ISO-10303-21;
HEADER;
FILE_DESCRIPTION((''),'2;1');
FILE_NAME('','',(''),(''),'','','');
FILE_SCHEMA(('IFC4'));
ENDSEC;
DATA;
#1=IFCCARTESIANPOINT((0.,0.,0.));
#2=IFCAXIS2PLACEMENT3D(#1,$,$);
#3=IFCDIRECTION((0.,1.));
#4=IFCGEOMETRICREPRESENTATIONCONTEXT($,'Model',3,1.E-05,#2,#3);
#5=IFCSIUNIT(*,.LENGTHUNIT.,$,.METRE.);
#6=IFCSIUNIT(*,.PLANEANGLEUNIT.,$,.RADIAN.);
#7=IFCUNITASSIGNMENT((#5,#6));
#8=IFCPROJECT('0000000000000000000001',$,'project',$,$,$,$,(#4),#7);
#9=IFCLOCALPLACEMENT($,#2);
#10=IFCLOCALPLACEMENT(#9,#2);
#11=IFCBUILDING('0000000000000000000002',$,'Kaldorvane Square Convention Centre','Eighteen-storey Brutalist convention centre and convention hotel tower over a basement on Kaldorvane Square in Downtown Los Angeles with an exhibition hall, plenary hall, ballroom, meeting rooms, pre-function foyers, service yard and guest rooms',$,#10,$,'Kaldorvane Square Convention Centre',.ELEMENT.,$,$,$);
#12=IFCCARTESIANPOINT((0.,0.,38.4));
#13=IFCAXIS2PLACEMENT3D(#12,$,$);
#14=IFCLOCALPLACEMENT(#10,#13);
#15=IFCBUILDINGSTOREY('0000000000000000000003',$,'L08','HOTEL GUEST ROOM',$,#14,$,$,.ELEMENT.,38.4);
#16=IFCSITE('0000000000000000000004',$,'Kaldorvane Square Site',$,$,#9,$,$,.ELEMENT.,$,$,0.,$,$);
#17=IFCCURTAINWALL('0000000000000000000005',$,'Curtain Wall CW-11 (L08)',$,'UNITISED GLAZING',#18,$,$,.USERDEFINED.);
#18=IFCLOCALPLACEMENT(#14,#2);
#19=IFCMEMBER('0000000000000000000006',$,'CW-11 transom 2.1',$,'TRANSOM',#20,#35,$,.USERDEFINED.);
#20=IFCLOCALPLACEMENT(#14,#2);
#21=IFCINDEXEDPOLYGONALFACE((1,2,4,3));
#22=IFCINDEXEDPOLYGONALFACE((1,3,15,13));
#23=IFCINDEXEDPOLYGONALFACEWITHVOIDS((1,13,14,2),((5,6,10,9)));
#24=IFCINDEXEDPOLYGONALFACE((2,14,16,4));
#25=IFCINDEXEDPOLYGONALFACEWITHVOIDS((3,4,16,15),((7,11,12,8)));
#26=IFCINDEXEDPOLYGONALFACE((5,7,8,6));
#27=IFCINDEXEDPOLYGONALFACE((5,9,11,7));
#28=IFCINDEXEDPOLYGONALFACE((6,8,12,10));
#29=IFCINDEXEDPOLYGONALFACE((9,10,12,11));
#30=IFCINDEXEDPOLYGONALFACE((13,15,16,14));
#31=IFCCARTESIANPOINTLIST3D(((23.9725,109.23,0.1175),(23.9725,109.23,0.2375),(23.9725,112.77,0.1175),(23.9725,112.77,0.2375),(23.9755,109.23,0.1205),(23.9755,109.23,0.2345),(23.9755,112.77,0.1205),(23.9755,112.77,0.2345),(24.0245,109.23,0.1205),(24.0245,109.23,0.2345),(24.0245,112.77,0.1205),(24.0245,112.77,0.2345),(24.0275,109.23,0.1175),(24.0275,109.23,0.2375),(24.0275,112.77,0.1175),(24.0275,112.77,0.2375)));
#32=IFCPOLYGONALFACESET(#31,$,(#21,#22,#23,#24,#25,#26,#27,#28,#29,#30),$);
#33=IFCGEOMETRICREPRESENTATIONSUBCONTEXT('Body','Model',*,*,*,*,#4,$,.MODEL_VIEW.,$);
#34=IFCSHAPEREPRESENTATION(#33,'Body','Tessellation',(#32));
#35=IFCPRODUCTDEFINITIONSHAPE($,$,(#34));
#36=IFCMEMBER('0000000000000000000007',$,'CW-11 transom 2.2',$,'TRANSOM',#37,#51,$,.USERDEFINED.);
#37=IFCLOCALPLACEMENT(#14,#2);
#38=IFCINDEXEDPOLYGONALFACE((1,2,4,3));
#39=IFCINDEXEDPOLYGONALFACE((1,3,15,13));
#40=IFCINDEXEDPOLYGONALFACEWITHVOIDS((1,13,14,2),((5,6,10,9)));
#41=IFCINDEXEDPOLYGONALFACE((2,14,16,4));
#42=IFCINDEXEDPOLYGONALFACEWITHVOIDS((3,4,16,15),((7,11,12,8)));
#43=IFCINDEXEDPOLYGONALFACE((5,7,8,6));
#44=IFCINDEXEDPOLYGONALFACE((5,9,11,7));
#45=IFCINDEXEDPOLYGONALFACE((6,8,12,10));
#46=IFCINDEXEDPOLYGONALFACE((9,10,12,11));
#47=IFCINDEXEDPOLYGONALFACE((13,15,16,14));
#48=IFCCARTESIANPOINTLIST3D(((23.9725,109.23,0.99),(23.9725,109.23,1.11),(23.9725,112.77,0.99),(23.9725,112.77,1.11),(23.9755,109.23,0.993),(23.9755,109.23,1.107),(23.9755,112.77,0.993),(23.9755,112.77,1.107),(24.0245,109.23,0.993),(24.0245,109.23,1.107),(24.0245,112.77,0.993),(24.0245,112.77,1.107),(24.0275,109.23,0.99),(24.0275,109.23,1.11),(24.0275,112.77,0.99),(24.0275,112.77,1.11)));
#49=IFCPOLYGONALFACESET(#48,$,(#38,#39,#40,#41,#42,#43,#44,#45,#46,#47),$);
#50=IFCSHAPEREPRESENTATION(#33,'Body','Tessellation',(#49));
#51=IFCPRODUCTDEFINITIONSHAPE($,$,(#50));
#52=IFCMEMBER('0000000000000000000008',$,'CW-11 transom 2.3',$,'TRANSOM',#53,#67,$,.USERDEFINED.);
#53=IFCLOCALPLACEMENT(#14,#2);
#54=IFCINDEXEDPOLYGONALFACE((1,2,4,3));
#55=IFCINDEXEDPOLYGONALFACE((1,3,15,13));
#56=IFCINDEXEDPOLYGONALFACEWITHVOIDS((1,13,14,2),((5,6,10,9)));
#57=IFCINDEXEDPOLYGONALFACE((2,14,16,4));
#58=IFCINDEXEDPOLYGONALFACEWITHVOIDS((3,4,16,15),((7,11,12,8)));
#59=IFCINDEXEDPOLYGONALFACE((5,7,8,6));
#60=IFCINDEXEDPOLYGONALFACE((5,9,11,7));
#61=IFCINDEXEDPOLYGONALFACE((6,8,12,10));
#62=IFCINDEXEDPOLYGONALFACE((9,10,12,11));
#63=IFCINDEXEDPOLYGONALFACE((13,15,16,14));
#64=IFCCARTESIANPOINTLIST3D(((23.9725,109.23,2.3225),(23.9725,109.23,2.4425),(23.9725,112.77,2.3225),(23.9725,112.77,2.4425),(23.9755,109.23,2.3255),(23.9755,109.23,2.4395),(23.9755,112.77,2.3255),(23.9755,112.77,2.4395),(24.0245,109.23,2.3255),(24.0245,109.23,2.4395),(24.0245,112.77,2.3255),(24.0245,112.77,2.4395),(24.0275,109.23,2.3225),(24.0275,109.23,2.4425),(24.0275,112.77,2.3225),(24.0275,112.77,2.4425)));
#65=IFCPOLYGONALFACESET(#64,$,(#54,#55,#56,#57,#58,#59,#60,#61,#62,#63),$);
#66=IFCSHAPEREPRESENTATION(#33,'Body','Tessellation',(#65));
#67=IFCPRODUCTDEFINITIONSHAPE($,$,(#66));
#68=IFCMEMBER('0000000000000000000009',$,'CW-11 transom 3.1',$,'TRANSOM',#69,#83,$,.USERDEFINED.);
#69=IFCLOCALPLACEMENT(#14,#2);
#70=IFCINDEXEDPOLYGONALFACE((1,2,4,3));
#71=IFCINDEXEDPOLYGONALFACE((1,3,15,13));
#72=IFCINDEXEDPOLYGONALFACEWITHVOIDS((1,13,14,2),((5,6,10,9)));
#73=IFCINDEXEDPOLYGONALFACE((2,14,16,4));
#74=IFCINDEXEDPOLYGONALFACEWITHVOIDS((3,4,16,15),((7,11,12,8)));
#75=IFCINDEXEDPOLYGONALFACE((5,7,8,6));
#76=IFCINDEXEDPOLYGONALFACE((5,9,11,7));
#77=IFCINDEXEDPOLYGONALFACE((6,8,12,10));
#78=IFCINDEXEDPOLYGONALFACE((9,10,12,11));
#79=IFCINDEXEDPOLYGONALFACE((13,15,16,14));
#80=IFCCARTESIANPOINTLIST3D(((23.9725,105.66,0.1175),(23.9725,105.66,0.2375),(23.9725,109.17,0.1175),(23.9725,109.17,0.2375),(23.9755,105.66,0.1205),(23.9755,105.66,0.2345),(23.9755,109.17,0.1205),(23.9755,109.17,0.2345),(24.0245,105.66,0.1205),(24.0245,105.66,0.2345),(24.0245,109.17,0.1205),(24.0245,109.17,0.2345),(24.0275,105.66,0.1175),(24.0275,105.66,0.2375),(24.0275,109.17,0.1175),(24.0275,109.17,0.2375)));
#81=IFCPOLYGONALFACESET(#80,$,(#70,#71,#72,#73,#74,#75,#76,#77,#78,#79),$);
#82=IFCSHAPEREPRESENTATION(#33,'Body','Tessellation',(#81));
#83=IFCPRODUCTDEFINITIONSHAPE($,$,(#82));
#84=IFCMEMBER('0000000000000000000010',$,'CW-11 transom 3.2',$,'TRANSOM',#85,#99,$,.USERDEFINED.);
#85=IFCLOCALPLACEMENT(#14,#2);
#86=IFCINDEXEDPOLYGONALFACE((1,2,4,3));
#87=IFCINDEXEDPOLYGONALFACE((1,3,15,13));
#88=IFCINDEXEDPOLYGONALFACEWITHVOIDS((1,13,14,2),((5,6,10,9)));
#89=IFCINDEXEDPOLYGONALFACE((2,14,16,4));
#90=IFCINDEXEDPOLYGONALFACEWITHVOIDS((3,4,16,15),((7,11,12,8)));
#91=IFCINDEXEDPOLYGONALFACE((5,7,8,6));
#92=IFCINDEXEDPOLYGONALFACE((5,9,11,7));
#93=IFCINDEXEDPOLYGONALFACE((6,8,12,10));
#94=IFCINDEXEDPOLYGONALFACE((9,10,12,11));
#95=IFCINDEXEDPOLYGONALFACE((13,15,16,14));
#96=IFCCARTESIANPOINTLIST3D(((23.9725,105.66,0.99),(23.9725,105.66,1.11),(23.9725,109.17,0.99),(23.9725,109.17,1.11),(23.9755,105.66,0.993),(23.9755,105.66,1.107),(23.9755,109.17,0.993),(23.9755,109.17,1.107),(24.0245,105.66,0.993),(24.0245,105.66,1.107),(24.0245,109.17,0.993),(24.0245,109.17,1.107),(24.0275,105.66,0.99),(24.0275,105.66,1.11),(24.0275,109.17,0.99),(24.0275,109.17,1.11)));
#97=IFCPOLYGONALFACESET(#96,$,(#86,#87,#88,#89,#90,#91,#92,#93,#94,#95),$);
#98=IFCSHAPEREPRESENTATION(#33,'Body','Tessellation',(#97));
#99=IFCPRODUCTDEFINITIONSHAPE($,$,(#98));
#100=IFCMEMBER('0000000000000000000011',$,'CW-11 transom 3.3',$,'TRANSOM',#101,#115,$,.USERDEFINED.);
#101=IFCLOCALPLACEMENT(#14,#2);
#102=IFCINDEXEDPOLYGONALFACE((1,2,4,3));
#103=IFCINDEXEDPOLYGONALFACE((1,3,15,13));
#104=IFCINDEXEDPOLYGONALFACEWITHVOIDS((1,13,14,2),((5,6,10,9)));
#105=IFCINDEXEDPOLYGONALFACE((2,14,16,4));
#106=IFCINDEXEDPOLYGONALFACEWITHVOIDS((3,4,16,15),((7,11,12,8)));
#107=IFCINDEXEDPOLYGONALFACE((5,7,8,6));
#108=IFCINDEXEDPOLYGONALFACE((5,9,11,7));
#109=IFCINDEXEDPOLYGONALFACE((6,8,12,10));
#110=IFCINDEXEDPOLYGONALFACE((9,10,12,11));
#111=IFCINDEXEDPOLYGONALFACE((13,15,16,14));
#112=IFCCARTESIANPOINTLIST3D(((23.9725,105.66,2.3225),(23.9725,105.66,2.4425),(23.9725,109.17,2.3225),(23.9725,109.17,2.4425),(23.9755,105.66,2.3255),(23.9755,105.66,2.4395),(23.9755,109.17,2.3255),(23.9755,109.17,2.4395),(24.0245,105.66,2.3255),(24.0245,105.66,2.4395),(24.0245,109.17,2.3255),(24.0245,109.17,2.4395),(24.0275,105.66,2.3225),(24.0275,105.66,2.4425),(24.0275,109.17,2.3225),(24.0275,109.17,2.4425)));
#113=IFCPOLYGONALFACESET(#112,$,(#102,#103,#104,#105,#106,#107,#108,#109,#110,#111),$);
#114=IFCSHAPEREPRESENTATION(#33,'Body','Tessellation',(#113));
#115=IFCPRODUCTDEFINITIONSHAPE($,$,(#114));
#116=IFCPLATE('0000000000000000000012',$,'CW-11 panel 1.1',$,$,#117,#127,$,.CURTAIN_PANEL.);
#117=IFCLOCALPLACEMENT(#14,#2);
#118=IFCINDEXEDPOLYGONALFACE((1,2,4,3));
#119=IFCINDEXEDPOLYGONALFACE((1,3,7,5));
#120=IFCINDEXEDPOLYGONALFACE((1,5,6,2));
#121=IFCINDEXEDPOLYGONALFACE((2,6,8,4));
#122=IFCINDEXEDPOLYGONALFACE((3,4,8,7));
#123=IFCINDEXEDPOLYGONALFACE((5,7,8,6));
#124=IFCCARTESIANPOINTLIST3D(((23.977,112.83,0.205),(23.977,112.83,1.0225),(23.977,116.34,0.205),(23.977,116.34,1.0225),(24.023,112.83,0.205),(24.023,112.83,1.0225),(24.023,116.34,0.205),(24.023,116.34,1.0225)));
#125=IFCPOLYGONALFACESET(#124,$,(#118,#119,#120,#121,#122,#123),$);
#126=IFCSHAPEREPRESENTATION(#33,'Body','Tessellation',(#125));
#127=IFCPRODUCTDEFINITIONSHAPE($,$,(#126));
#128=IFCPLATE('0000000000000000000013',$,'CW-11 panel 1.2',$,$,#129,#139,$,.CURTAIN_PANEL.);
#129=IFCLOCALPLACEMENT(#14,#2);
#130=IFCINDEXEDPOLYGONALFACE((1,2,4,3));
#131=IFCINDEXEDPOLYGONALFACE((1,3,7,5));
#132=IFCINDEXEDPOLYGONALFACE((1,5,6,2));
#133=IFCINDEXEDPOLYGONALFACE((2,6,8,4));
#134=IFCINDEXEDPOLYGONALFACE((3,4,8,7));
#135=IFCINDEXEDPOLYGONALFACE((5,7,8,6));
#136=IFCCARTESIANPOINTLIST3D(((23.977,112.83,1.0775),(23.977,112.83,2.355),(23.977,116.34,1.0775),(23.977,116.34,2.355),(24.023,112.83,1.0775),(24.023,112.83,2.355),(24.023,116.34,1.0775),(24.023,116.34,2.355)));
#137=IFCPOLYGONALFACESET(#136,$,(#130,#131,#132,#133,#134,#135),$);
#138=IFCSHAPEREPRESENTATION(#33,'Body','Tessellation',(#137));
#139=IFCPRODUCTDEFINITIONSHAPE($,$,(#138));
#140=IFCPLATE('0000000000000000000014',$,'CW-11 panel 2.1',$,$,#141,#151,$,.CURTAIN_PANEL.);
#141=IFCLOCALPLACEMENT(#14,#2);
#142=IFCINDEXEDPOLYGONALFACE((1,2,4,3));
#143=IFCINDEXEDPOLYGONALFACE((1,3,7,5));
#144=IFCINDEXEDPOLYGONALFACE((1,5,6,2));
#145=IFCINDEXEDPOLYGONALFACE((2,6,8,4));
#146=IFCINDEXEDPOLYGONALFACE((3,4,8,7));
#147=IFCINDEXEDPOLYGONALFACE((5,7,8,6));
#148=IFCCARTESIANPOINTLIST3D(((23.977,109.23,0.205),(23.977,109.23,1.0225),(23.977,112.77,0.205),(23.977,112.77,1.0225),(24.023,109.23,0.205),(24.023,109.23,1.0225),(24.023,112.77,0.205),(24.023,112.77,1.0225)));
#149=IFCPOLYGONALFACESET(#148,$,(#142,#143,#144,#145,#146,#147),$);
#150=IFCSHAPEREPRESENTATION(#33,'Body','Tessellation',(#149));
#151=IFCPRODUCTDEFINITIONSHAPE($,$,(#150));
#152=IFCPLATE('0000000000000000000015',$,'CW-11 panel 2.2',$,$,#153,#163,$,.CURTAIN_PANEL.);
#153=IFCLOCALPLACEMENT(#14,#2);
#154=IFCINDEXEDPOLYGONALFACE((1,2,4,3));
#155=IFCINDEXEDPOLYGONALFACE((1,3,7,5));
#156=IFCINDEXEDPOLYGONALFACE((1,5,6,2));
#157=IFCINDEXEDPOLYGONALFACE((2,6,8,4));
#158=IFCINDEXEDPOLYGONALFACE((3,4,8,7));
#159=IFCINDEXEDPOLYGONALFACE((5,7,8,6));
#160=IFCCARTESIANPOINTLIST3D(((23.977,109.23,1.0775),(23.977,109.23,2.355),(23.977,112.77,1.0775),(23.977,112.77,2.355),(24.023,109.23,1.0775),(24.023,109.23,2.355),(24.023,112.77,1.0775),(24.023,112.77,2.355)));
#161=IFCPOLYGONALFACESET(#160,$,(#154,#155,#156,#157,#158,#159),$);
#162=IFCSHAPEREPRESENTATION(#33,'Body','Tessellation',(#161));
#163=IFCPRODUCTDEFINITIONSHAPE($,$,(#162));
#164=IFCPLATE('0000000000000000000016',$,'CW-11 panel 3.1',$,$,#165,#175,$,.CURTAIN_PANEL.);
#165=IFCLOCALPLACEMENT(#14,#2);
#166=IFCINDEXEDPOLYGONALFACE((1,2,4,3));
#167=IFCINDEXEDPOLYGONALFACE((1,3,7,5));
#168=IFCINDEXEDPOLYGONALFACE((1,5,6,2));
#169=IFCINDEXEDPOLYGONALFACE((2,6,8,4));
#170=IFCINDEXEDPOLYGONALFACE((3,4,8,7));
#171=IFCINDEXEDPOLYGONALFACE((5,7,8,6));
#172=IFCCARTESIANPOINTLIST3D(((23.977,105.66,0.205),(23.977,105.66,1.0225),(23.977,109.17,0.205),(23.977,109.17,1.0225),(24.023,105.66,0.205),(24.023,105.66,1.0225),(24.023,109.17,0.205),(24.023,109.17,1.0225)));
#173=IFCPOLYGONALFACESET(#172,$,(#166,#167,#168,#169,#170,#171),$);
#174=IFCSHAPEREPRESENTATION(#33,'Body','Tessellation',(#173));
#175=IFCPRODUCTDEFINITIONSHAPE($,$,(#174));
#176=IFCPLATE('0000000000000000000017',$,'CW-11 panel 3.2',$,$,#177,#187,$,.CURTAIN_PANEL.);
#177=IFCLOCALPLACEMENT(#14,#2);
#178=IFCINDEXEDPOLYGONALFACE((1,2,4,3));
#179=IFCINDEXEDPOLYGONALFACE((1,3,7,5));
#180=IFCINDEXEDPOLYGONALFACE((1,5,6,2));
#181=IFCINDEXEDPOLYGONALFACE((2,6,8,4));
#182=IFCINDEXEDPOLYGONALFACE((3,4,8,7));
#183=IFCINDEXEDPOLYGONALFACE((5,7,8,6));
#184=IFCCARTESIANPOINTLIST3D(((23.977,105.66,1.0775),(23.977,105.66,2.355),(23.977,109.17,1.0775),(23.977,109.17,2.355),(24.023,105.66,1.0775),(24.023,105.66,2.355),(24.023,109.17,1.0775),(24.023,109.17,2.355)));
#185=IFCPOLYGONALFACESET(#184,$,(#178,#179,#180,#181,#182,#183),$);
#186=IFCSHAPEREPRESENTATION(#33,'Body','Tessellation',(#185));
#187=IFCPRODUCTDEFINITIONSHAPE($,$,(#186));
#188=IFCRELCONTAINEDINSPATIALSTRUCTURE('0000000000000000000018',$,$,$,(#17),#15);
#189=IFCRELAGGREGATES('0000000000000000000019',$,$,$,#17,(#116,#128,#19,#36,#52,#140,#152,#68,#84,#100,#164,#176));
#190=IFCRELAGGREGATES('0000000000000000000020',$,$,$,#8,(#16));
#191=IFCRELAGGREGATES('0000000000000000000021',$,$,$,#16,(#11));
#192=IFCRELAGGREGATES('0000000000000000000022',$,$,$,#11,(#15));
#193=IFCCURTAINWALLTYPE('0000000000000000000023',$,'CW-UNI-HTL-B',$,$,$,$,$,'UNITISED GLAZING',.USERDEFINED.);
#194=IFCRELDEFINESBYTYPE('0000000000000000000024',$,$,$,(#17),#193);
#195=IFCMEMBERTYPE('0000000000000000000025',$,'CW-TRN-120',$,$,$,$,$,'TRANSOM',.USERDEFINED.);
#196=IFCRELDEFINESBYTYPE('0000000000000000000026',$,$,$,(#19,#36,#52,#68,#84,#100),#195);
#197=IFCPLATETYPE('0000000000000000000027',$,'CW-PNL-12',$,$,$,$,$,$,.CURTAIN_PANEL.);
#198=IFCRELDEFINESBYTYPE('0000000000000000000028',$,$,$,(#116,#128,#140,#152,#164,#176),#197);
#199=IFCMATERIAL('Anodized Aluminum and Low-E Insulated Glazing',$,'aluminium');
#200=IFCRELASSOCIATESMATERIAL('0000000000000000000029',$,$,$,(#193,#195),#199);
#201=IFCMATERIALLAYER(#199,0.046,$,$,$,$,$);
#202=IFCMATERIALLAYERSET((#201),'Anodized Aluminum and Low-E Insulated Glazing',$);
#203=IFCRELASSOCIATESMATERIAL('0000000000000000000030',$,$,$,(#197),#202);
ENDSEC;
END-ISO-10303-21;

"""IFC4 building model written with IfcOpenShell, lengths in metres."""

from ifc_helpers import new_model, si_unit, direction, frame, origin, origin_2d, place, context, subcontext, project, spatial, rectangle, hollow_rectangle, extrude, material, layer, layer_set, material_profile, profile_set, type_object, element, aggregate, save


model = new_model("IFC4")

# Units and contexts
model_context = context("Model", 3, precision=1e-05, world=origin(), true_north=direction((0.0, 1.0)))
body_context = subcontext(model_context, "Body", "Model", "MODEL_VIEW")
ifc_project = project(units=[si_unit("LENGTHUNIT", "METRE"), si_unit("PLANEANGLEUNIT", "RADIAN")], contexts=[model_context])

# Site, building, storey
site_placement = place(None, origin())
site = spatial("IfcSite", under=ifc_project, at=site_placement, Name="Kaldorvane Square Site", CompositionType="ELEMENT", RefElevation=0.0)
building_placement = place(site_placement, origin())
building = spatial("IfcBuilding", under=site, at=building_placement, Name="Kaldorvane Square Convention Centre", Description="Eighteen-storey Brutalist convention centre and convention hotel tower over a basement on Kaldorvane Square in Downtown Los Angeles with an exhibition hall, plenary hall, ballroom, meeting rooms, pre-function foyers, service yard and guest rooms", LongName="Kaldorvane Square Convention Centre", CompositionType="ELEMENT")
storey_placement = place(building_placement, frame((0.0, 0.0, 38.4)))
storey = spatial("IfcBuildingStorey", under=building, at=storey_placement, Name="L08", Description="HOTEL GUEST ROOM", CompositionType="ELEMENT", Elevation=38.4)

# Curtain wall, members, plates
ifc_material_1 = material(Name="Anodized Aluminum and Low-E Insulated Glazing", Category="aluminium")
curtain_wall_type = type_object("IfcCurtainWallType", Name="CW-UNI-HTL-B", ElementType="UNITISED GLAZING", PredefinedType="USERDEFINED", material=ifc_material_1)
curtain_wall_placement = place(storey_placement, origin())
curtain_wall = element("IfcCurtainWall", 1, at=curtain_wall_placement, inside=storey, type_object=curtain_wall_type, Name="Curtain Wall CW-11 (L08)", ObjectType="UNITISED GLAZING", PredefinedType="USERDEFINED")
ifc_material_profile_1 = material_profile(ifc_material_1, hollow_rectangle(XDim=0.055, YDim=0.12, WallThickness=0.003, at=origin_2d()), Name="CWT-120X55")
ifc_profile_set_1 = profile_set([ifc_material_profile_1], Name="Anodized Aluminum and Low-E Insulated Glazing")
member_type_1 = type_object("IfcMemberType", Name="CW-TRN-120", ElementType="TRANSOM", PredefinedType="USERDEFINED", material=ifc_profile_set_1)
member_1_placement = place(storey_placement, frame((24.0, 112.77, 0.1775), z_axis=(0.0, -1.0, 0.0), x_axis=(1.0, 0.0, 0.0)))
member_1 = element("IfcMember", 2, at=member_1_placement, type_object=member_type_1, Name="CW-11 transom 2.1", ObjectType="TRANSOM", PredefinedType="USERDEFINED", context=body_context, shape_type="SweptSolid", body=[
    extrude(hollow_rectangle(XDim=0.055, YDim=0.12, WallThickness=0.003, at=origin_2d()), origin(), (0.0, 0.0, 1.0), 3.54),
])
member_2_placement = place(storey_placement, frame((24.0, 112.77, 1.05), z_axis=(0.0, -1.0, 0.0), x_axis=(1.0, 0.0, 0.0)))
member_2 = element("IfcMember", 3, at=member_2_placement, type_object=member_type_1, Name="CW-11 transom 2.2", ObjectType="TRANSOM", PredefinedType="USERDEFINED", context=body_context, shape_type="SweptSolid", body=[
    extrude(hollow_rectangle(XDim=0.055, YDim=0.12, WallThickness=0.003, at=origin_2d()), origin(), (0.0, 0.0, 1.0), 3.54),
])
member_3_placement = place(storey_placement, frame((24.0, 112.77, 2.3825), z_axis=(0.0, -1.0, 0.0), x_axis=(1.0, 0.0, 0.0)))
member_3 = element("IfcMember", 4, at=member_3_placement, type_object=member_type_1, Name="CW-11 transom 2.3", ObjectType="TRANSOM", PredefinedType="USERDEFINED", context=body_context, shape_type="SweptSolid", body=[
    extrude(hollow_rectangle(XDim=0.055, YDim=0.12, WallThickness=0.003, at=origin_2d()), origin(), (0.0, 0.0, 1.0), 3.54),
])
member_4_placement = place(storey_placement, frame((24.0, 109.17, 0.1775), z_axis=(0.0, -1.0, 0.0), x_axis=(1.0, 0.0, 0.0)))
member_4 = element("IfcMember", 5, at=member_4_placement, type_object=member_type_1, Name="CW-11 transom 3.1", ObjectType="TRANSOM", PredefinedType="USERDEFINED", context=body_context, shape_type="SweptSolid", body=[
    extrude(hollow_rectangle(XDim=0.055, YDim=0.12, WallThickness=0.003, at=origin_2d()), origin(), (0.0, 0.0, 1.0), 3.51),
])
member_5_placement = place(storey_placement, frame((24.0, 109.17, 1.05), z_axis=(0.0, -1.0, 0.0), x_axis=(1.0, 0.0, 0.0)))
member_5 = element("IfcMember", 6, at=member_5_placement, type_object=member_type_1, Name="CW-11 transom 3.2", ObjectType="TRANSOM", PredefinedType="USERDEFINED", context=body_context, shape_type="SweptSolid", body=[
    extrude(hollow_rectangle(XDim=0.055, YDim=0.12, WallThickness=0.003, at=origin_2d()), origin(), (0.0, 0.0, 1.0), 3.51),
])
member_6_placement = place(storey_placement, frame((24.0, 109.17, 2.3825), z_axis=(0.0, -1.0, 0.0), x_axis=(1.0, 0.0, 0.0)))
member_6 = element("IfcMember", 7, at=member_6_placement, type_object=member_type_1, Name="CW-11 transom 3.3", ObjectType="TRANSOM", PredefinedType="USERDEFINED", context=body_context, shape_type="SweptSolid", body=[
    extrude(hollow_rectangle(XDim=0.055, YDim=0.12, WallThickness=0.003, at=origin_2d()), origin(), (0.0, 0.0, 1.0), 3.51),
])
ifc_layer_1 = layer(ifc_material_1, 0.046)
ifc_layer_set_1 = layer_set([ifc_layer_1], Name="Anodized Aluminum and Low-E Insulated Glazing")
plate_type = type_object("IfcPlateType", Name="CW-PNL-12", PredefinedType="CURTAIN_PANEL", material=ifc_layer_set_1)
plate_1_placement = place(storey_placement, frame((24.0, 114.585, 0.205), z_axis=(0.0, 0.0, 1.0), x_axis=(0.0, -1.0, 0.0)))
plate_1 = element("IfcPlate", 8, at=plate_1_placement, type_object=plate_type, Name="CW-11 panel 1.1", PredefinedType="CURTAIN_PANEL", context=body_context, shape_type="SweptSolid", body=[
    extrude(rectangle(XDim=3.51, YDim=0.046, at=origin_2d()), origin(), (0.0, 0.0, 1.0), 0.8175),
])
plate_2_placement = place(storey_placement, frame((24.0, 114.585, 1.0775), z_axis=(0.0, 0.0, 1.0), x_axis=(0.0, -1.0, 0.0)))
plate_2 = element("IfcPlate", 9, at=plate_2_placement, type_object=plate_type, Name="CW-11 panel 1.2", PredefinedType="CURTAIN_PANEL", context=body_context, shape_type="SweptSolid", body=[
    extrude(rectangle(XDim=3.51, YDim=0.046, at=origin_2d()), origin(), (0.0, 0.0, 1.0), 1.2775),
])
plate_3_placement = place(storey_placement, frame((24.0, 111.0, 0.205), z_axis=(0.0, 0.0, 1.0), x_axis=(0.0, -1.0, 0.0)))
plate_3 = element("IfcPlate", 10, at=plate_3_placement, type_object=plate_type, Name="CW-11 panel 2.1", PredefinedType="CURTAIN_PANEL", context=body_context, shape_type="SweptSolid", body=[
    extrude(rectangle(XDim=3.54, YDim=0.046, at=origin_2d()), origin(), (0.0, 0.0, 1.0), 0.8175),
])
plate_4_placement = place(storey_placement, frame((24.0, 111.0, 1.0775), z_axis=(0.0, 0.0, 1.0), x_axis=(0.0, -1.0, 0.0)))
plate_4 = element("IfcPlate", 11, at=plate_4_placement, type_object=plate_type, Name="CW-11 panel 2.2", PredefinedType="CURTAIN_PANEL", context=body_context, shape_type="SweptSolid", body=[
    extrude(rectangle(XDim=3.54, YDim=0.046, at=origin_2d()), origin(), (0.0, 0.0, 1.0), 1.2775),
])
plate_5_placement = place(storey_placement, frame((24.0, 107.415, 0.205), z_axis=(0.0, 0.0, 1.0), x_axis=(0.0, -1.0, 0.0)))
plate_5 = element("IfcPlate", 12, at=plate_5_placement, type_object=plate_type, Name="CW-11 panel 3.1", PredefinedType="CURTAIN_PANEL", context=body_context, shape_type="SweptSolid", body=[
    extrude(rectangle(XDim=3.51, YDim=0.046, at=origin_2d()), origin(), (0.0, 0.0, 1.0), 0.8175),
])
plate_6_placement = place(storey_placement, frame((24.0, 107.415, 1.0775), z_axis=(0.0, 0.0, 1.0), x_axis=(0.0, -1.0, 0.0)))
plate_6 = element("IfcPlate", 13, at=plate_6_placement, type_object=plate_type, Name="CW-11 panel 3.2", PredefinedType="CURTAIN_PANEL", context=body_context, shape_type="SweptSolid", body=[
    extrude(rectangle(XDim=3.51, YDim=0.046, at=origin_2d()), origin(), (0.0, 0.0, 1.0), 1.2775),
])
aggregate(curtain_wall, [plate_1, plate_2, member_1, member_2, member_3, plate_3, plate_4, member_4, member_5, member_6, plate_5, plate_6])

save(model, "model.ifc")
